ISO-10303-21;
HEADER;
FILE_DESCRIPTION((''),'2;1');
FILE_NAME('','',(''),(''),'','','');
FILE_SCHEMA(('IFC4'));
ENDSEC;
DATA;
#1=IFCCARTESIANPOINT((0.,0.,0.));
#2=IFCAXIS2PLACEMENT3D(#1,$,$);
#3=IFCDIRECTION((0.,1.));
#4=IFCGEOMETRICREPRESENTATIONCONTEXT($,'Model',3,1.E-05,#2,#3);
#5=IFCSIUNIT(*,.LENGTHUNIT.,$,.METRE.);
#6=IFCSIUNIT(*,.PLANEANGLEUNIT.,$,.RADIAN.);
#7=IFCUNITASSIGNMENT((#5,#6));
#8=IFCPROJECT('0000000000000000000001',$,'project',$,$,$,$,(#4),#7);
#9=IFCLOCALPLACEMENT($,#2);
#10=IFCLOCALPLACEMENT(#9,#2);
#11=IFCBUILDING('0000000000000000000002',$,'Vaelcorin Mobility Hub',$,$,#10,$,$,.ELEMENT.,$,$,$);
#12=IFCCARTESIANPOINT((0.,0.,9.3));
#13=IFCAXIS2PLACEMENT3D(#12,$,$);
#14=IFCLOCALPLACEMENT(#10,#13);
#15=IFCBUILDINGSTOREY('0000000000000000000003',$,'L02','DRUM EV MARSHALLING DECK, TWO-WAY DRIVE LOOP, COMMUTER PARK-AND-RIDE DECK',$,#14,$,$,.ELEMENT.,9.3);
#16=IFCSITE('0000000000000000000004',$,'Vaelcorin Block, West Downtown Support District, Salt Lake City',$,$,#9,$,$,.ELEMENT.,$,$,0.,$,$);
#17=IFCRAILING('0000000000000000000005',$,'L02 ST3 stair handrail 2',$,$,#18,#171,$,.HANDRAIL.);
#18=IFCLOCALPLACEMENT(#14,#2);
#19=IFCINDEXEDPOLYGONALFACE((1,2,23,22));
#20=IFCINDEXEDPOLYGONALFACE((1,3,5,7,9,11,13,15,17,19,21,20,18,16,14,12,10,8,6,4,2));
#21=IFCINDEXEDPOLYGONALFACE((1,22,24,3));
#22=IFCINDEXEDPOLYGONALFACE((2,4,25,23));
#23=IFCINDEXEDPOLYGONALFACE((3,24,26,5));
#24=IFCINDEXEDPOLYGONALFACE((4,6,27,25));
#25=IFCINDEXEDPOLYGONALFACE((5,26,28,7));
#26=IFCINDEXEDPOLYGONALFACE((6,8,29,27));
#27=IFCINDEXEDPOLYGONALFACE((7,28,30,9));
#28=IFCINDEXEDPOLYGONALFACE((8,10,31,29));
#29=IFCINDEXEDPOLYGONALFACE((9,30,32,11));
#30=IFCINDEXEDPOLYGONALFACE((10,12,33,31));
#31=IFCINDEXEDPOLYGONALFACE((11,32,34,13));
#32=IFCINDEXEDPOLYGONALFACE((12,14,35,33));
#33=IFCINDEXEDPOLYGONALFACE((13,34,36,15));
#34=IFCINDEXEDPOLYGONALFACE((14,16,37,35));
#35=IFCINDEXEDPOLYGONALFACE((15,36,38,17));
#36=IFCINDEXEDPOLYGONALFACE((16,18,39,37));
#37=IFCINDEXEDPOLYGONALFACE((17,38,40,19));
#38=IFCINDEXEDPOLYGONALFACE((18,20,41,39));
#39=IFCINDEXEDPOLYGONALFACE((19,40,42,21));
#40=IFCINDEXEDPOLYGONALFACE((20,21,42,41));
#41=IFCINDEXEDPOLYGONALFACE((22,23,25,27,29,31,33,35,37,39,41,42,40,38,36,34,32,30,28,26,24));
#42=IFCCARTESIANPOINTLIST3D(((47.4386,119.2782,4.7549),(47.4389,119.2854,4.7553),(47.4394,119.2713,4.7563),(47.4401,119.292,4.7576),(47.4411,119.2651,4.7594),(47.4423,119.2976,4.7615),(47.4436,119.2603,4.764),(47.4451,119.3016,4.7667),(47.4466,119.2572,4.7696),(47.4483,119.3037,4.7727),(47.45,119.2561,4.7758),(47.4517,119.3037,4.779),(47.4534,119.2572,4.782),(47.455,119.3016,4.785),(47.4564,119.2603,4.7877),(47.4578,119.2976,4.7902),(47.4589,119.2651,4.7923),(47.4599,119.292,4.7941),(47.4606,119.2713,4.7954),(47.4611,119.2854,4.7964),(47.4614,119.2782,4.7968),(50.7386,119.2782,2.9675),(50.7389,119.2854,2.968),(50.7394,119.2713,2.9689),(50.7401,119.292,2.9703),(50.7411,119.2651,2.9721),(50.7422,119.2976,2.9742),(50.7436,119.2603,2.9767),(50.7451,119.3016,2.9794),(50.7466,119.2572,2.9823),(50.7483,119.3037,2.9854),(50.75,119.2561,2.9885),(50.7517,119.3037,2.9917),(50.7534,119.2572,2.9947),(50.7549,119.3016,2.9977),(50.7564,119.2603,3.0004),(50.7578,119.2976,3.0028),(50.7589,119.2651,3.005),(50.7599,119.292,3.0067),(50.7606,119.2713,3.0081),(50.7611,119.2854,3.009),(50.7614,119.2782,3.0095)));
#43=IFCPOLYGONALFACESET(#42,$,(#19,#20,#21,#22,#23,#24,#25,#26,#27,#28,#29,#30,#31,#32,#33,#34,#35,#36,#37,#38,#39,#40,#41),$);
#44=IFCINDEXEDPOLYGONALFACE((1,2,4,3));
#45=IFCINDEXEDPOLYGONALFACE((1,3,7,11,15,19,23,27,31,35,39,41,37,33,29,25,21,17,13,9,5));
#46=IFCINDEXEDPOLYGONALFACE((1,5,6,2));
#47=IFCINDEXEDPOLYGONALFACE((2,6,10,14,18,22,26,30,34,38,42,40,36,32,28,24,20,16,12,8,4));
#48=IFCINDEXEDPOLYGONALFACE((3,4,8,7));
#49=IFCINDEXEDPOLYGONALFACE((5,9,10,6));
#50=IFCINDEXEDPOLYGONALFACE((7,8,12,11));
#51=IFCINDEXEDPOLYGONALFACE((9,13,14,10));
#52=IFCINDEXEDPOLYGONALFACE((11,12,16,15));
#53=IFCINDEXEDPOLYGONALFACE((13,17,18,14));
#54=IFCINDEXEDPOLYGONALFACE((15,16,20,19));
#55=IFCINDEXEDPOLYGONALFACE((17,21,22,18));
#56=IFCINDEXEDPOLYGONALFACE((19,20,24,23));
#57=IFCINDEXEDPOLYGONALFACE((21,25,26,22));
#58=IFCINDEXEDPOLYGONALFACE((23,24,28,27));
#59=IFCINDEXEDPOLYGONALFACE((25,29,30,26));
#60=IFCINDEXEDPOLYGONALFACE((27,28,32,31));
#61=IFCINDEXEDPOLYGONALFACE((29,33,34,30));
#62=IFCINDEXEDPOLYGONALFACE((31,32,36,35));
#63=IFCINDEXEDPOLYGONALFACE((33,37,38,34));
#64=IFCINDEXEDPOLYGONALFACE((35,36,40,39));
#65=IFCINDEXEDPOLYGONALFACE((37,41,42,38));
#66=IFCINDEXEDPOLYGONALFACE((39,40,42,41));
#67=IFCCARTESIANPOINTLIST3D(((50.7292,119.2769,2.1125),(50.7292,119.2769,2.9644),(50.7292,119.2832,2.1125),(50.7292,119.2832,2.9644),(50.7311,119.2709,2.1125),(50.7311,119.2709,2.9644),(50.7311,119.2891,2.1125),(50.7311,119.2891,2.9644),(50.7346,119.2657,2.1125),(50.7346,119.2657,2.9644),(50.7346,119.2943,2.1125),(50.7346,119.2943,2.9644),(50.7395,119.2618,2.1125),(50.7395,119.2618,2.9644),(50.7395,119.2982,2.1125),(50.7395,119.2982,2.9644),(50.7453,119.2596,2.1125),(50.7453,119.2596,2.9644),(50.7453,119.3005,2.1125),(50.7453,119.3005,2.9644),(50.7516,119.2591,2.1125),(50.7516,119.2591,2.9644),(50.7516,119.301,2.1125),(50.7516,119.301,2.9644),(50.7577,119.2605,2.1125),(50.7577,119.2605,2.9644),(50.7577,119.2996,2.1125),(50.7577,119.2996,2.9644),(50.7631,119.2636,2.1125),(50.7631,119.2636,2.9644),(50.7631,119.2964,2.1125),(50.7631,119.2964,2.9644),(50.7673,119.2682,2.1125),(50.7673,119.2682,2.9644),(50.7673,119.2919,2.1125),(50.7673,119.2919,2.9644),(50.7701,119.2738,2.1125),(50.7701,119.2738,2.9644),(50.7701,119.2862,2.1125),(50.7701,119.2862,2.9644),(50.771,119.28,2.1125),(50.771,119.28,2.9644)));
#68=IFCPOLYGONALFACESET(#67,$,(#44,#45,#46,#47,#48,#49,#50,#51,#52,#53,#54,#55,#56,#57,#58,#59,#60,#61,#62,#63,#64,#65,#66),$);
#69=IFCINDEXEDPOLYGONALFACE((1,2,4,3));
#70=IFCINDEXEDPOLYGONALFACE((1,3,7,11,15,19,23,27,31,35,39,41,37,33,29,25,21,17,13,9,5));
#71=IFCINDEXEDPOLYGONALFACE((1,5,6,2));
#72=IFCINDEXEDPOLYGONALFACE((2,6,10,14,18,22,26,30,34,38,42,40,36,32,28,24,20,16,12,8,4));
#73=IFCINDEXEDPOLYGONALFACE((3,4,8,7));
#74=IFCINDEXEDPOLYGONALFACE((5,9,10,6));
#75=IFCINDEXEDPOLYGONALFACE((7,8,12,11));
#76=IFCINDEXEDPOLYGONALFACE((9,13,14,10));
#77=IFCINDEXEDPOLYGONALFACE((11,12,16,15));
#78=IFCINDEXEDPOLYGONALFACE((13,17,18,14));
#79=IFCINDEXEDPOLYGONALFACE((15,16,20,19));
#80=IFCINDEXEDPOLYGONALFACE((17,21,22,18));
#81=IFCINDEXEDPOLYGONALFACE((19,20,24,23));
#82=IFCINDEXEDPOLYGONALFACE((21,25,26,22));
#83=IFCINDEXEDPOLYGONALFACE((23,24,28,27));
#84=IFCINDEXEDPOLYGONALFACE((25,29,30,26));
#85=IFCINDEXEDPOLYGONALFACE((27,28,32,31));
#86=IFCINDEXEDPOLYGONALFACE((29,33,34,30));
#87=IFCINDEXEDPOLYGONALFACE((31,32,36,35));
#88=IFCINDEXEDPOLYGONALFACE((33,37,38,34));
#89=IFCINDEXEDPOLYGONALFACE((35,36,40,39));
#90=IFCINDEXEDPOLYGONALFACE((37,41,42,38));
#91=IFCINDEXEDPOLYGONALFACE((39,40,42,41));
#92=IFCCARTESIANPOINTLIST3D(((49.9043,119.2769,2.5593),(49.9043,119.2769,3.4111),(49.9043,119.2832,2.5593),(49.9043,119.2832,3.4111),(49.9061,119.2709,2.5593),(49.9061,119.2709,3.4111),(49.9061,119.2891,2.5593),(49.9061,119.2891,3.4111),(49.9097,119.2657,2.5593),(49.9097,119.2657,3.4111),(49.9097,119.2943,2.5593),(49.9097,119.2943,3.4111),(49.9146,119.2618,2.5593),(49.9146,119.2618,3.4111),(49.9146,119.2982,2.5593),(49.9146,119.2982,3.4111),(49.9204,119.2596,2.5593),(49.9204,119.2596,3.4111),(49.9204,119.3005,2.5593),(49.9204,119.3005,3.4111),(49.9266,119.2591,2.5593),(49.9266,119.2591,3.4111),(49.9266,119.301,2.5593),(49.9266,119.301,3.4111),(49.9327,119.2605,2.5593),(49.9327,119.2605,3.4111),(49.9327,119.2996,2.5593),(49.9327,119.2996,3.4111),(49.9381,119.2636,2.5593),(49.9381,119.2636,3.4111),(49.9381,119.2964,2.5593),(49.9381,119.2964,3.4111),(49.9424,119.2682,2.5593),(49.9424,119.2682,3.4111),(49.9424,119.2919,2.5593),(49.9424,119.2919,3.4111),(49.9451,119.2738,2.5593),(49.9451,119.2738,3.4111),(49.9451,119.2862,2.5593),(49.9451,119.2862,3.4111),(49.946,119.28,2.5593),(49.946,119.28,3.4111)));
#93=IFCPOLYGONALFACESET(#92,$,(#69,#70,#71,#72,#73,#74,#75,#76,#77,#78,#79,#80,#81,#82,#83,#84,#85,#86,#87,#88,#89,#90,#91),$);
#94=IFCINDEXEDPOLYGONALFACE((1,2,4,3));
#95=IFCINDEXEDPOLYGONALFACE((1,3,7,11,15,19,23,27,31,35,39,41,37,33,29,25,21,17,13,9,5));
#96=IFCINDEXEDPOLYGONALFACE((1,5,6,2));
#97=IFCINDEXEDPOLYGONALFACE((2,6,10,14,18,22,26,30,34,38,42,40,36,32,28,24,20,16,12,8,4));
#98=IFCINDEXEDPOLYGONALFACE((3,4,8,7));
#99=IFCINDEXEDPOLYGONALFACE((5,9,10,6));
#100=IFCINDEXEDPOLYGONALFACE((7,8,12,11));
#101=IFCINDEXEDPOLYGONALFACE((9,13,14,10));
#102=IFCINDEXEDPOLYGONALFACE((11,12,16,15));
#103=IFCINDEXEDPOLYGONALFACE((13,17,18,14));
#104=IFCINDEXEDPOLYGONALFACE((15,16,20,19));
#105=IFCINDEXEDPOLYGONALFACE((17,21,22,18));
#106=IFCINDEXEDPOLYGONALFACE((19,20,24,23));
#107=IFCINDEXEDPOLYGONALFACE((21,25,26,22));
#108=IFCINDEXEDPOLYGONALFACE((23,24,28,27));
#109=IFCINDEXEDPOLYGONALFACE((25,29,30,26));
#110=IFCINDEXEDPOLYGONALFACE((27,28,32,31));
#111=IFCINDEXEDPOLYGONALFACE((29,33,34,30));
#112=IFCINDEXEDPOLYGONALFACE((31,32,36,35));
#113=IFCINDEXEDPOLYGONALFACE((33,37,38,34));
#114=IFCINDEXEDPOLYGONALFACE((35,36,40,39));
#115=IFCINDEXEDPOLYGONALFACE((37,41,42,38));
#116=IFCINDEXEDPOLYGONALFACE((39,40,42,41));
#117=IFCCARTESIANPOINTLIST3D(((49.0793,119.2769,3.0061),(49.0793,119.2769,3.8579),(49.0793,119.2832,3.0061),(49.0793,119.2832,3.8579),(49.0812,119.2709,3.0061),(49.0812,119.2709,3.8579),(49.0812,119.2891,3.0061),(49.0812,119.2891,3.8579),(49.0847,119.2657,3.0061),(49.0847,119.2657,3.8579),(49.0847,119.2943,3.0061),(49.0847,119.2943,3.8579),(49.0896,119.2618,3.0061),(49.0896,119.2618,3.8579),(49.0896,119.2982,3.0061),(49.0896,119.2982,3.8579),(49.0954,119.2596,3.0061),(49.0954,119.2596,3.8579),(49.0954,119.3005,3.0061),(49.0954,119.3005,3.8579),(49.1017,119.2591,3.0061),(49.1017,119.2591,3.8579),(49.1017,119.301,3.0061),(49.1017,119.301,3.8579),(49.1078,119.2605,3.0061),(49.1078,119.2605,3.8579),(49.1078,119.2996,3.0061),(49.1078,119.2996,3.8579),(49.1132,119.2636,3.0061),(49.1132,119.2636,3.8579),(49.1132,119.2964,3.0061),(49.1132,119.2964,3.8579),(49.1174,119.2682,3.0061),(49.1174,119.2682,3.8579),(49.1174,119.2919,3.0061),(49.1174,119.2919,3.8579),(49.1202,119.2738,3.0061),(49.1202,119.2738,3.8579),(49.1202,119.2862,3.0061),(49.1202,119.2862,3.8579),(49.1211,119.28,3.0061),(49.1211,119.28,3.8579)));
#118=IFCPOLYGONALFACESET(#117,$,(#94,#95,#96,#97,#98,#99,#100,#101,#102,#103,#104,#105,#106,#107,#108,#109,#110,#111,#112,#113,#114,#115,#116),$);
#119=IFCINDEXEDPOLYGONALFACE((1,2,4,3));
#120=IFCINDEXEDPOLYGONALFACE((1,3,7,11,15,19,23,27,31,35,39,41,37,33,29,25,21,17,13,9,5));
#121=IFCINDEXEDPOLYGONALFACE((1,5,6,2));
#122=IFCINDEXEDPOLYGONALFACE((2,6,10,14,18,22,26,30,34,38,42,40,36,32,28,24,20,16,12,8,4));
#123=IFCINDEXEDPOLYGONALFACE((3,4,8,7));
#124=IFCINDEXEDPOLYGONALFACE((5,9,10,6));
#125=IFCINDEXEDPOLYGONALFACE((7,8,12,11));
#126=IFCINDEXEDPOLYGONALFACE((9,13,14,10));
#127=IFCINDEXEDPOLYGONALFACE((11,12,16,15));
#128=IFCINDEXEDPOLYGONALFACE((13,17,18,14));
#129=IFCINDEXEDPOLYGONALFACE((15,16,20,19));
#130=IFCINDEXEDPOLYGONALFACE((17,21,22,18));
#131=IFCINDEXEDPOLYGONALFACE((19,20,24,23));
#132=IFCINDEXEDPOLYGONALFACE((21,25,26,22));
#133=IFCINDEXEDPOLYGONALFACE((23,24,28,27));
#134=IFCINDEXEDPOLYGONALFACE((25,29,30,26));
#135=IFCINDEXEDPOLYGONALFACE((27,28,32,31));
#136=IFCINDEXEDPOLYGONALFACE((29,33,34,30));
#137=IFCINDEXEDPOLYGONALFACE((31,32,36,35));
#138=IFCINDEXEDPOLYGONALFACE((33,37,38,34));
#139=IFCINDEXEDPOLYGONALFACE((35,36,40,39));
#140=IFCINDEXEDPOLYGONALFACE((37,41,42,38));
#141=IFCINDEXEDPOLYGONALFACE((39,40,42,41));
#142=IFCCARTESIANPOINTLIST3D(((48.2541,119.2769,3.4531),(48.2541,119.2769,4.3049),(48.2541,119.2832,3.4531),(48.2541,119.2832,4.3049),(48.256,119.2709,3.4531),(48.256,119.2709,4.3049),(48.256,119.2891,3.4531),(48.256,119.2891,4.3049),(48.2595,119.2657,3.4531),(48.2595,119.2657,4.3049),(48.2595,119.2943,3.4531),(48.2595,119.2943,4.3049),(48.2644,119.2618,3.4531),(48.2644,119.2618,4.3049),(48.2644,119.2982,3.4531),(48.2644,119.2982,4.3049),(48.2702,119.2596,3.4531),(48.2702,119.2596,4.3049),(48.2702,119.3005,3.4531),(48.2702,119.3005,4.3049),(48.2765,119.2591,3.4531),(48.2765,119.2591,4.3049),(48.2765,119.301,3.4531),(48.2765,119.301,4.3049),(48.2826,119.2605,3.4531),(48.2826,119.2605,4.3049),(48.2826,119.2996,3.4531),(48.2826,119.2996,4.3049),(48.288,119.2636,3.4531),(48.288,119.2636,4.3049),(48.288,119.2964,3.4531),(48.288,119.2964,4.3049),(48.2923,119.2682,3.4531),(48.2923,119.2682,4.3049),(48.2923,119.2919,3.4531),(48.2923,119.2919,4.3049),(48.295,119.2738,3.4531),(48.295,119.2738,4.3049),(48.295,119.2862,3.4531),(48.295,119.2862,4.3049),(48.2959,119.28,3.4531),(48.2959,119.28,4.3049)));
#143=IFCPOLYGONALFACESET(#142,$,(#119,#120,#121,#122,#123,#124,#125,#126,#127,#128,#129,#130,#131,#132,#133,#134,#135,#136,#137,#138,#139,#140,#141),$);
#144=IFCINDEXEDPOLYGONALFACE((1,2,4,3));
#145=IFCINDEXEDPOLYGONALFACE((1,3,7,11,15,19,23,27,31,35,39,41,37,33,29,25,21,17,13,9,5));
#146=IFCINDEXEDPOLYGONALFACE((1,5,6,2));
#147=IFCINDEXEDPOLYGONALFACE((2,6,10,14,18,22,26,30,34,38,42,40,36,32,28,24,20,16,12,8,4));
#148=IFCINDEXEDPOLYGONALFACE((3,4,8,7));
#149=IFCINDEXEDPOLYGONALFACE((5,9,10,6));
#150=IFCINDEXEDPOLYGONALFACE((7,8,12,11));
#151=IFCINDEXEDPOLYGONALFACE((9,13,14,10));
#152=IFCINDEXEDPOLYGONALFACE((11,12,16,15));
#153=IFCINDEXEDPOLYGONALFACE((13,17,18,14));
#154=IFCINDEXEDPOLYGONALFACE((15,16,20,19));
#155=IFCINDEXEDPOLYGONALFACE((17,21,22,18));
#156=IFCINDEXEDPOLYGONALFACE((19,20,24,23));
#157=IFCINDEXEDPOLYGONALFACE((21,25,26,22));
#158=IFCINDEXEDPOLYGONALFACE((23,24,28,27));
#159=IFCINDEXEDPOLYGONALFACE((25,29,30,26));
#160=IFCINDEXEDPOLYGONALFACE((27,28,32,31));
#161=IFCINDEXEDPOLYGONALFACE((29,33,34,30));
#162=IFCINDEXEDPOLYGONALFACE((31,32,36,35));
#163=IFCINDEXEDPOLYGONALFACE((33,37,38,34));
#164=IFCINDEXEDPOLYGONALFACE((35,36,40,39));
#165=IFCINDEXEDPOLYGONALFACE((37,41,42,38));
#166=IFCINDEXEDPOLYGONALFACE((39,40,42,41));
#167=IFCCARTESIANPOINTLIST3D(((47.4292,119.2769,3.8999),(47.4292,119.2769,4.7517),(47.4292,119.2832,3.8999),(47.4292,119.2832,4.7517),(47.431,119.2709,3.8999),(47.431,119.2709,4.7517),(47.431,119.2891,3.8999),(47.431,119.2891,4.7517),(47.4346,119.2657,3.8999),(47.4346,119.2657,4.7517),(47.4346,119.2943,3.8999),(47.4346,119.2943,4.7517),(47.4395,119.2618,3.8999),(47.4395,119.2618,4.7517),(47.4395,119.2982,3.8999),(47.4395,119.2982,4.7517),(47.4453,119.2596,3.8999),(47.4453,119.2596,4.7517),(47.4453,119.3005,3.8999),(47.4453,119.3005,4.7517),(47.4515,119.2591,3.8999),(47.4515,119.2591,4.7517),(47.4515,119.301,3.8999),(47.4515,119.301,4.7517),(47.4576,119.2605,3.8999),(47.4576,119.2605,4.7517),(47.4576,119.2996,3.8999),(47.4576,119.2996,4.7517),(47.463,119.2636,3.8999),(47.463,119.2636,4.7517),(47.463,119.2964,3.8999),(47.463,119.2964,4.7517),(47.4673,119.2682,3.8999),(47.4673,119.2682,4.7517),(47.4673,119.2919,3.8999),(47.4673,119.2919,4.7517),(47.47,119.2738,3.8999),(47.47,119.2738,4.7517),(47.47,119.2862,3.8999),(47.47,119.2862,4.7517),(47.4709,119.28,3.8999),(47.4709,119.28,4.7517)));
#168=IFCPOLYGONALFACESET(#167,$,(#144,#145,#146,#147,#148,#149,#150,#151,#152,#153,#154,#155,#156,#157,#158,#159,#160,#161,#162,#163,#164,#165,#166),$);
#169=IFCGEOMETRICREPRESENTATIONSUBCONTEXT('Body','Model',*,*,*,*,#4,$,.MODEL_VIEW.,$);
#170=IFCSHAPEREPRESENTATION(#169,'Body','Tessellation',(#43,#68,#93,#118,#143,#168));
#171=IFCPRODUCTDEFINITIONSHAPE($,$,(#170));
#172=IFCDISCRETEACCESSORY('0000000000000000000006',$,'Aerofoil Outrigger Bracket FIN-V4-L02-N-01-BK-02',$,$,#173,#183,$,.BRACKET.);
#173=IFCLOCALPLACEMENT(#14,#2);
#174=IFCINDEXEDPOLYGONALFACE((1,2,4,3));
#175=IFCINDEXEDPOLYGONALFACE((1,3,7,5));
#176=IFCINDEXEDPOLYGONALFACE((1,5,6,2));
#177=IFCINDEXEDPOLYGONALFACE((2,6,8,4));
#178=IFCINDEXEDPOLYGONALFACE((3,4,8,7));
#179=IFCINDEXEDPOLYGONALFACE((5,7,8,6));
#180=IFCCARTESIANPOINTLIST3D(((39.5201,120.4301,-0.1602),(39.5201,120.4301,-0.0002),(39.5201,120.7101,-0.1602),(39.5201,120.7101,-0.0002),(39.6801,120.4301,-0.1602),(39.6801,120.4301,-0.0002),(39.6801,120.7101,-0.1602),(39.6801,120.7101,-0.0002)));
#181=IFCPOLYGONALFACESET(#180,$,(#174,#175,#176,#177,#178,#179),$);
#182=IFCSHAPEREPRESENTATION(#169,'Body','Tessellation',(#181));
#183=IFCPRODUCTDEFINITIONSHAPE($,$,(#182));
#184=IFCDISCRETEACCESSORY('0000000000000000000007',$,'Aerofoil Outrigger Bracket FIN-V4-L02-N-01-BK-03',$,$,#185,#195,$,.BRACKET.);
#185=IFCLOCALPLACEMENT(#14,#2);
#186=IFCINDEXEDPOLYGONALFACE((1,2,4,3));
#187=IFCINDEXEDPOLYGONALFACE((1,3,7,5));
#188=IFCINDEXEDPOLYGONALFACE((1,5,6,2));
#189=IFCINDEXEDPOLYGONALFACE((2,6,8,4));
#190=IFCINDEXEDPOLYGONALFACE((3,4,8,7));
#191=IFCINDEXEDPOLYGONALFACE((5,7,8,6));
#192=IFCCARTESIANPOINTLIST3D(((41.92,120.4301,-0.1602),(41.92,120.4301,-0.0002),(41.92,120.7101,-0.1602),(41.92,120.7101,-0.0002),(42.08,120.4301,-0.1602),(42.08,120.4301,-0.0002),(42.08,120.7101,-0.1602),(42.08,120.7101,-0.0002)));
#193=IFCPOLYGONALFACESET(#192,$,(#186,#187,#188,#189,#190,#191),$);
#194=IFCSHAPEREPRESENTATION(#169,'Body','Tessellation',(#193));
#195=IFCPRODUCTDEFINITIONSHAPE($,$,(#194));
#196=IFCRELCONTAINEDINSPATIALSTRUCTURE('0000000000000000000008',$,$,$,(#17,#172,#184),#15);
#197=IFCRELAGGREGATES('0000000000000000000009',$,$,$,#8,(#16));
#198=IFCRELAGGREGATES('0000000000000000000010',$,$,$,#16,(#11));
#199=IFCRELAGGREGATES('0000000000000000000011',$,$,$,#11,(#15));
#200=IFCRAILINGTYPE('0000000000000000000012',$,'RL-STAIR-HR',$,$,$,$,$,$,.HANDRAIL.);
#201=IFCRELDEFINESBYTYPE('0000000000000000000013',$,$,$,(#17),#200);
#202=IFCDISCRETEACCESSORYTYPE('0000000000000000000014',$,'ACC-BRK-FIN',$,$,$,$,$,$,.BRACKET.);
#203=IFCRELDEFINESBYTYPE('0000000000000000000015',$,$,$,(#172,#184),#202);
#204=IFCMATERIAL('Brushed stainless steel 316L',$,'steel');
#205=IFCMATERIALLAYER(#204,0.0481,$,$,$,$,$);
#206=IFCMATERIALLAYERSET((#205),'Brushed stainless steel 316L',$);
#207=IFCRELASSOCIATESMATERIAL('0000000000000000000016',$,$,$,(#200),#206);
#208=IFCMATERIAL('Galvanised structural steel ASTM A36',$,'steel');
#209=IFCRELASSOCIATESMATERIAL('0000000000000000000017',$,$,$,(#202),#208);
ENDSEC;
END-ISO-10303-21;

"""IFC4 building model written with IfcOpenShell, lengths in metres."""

from ifc_helpers import new_model, si_unit, direction, frame, origin, origin_2d, place, context, subcontext, project, spatial, rectangle, circle, extrude, material, layer, layer_set, type_object, element, save


model = new_model("IFC4")

# Units and contexts
model_context = context("Model", 3, precision=1e-05, world=origin(), true_north=direction((0.0, 1.0)))
body_context = subcontext(model_context, "Body", "Model", "MODEL_VIEW")
ifc_project = project(units=[si_unit("LENGTHUNIT", "METRE"), si_unit("PLANEANGLEUNIT", "RADIAN")], contexts=[model_context])

# Site, building, storey
site_placement = place(None, origin())
site = spatial("IfcSite", under=ifc_project, at=site_placement, Name="Vaelcorin Block, West Downtown Support District, Salt Lake City", CompositionType="ELEMENT", RefElevation=0.0)
building_placement = place(site_placement, origin())
building = spatial("IfcBuilding", under=site, at=building_placement, Name="Vaelcorin Mobility Hub", CompositionType="ELEMENT")
storey_placement = place(building_placement, frame((0.0, 0.0, 9.3)))
storey = spatial("IfcBuildingStorey", under=building, at=storey_placement, Name="L02", Description="DRUM EV MARSHALLING DECK, TWO-WAY DRIVE LOOP, COMMUTER PARK-AND-RIDE DECK", CompositionType="ELEMENT", Elevation=9.3)

# Railing
ifc_material_1 = material(Name="Galvanised structural steel ASTM A36", Category="steel")
ifc_material_2 = material(Name="Brushed stainless steel 316L", Category="steel")
ifc_layer_1 = layer(ifc_material_2, 0.0481)
ifc_layer_set_1 = layer_set([ifc_layer_1], Name="Brushed stainless steel 316L")
railing_type_1 = type_object("IfcRailingType", Name="RL-STAIR-HR", PredefinedType="HANDRAIL", material=ifc_layer_set_1)
railing_1_placement = place(storey_placement, frame((50.75, 119.28, 2.1125)))
element("IfcRailing", 1, at=railing_1_placement, inside=storey, type_object=railing_type_1, Name="L02 ST3 stair handrail 2", PredefinedType="HANDRAIL", context=body_context, shape_type="SweptSolid", body=[
    extrude(circle(Radius=0.0239, at=origin_2d()), frame((0.0, 0.0, 0.876), z_axis=(-0.879311, 0.0, 0.476248), x_axis=(0.0, -1.0, 0.0)), (0.0, 0.0, 1.0), 3.7529),
    extrude(circle(Radius=0.021, at=origin_2d()), origin(), (0.0, 0.0, 1.0), 0.8518),
    extrude(circle(Radius=0.021, at=origin_2d()), frame((-0.825, 0.0, 0.4468)), (0.0, 0.0, 1.0), 0.8518),
    extrude(circle(Radius=0.021, at=origin_2d()), frame((-1.6499, 0.0, 0.8936)), (0.0, 0.0, 1.0), 0.8518),
    extrude(circle(Radius=0.021, at=origin_2d()), frame((-2.4751, 0.0, 1.3406)), (0.0, 0.0, 1.0), 0.8518),
    extrude(circle(Radius=0.021, at=origin_2d()), frame((-3.3, 0.0, 1.7874)), (0.0, 0.0, 1.0), 0.8518),
])

# Discrete accessories
discrete_accessory_type = type_object("IfcDiscreteAccessoryType", Name="ACC-BRK-FIN", PredefinedType="BRACKET", material=ifc_material_1)
for number, where, z_axis, x_axis, name in (
    (2, (39.6001, 120.5701, -0.1602), (0.0, 0.0, 1.0), (0.0, 1.0, 0.0), "Aerofoil Outrigger Bracket FIN-V4-L02-N-01-BK-02"),
    (3, (42.0, 120.5701, -0.1602), (0.0, 0.0, 1.0), (0.0, 1.0, 0.0), "Aerofoil Outrigger Bracket FIN-V4-L02-N-01-BK-03"),
):
    element("IfcDiscreteAccessory", number, at=place(storey_placement, frame(where, z_axis=z_axis, x_axis=x_axis)), inside=storey, type_object=discrete_accessory_type, Name=name, PredefinedType="BRACKET", context=body_context, shape_type="SweptSolid", body=[
        extrude(rectangle(XDim=0.28, YDim=0.1599, at=origin_2d()), origin(), (0.0, 0.0, 1.0), 0.1599),
    ])

save(model, "model.ifc")
